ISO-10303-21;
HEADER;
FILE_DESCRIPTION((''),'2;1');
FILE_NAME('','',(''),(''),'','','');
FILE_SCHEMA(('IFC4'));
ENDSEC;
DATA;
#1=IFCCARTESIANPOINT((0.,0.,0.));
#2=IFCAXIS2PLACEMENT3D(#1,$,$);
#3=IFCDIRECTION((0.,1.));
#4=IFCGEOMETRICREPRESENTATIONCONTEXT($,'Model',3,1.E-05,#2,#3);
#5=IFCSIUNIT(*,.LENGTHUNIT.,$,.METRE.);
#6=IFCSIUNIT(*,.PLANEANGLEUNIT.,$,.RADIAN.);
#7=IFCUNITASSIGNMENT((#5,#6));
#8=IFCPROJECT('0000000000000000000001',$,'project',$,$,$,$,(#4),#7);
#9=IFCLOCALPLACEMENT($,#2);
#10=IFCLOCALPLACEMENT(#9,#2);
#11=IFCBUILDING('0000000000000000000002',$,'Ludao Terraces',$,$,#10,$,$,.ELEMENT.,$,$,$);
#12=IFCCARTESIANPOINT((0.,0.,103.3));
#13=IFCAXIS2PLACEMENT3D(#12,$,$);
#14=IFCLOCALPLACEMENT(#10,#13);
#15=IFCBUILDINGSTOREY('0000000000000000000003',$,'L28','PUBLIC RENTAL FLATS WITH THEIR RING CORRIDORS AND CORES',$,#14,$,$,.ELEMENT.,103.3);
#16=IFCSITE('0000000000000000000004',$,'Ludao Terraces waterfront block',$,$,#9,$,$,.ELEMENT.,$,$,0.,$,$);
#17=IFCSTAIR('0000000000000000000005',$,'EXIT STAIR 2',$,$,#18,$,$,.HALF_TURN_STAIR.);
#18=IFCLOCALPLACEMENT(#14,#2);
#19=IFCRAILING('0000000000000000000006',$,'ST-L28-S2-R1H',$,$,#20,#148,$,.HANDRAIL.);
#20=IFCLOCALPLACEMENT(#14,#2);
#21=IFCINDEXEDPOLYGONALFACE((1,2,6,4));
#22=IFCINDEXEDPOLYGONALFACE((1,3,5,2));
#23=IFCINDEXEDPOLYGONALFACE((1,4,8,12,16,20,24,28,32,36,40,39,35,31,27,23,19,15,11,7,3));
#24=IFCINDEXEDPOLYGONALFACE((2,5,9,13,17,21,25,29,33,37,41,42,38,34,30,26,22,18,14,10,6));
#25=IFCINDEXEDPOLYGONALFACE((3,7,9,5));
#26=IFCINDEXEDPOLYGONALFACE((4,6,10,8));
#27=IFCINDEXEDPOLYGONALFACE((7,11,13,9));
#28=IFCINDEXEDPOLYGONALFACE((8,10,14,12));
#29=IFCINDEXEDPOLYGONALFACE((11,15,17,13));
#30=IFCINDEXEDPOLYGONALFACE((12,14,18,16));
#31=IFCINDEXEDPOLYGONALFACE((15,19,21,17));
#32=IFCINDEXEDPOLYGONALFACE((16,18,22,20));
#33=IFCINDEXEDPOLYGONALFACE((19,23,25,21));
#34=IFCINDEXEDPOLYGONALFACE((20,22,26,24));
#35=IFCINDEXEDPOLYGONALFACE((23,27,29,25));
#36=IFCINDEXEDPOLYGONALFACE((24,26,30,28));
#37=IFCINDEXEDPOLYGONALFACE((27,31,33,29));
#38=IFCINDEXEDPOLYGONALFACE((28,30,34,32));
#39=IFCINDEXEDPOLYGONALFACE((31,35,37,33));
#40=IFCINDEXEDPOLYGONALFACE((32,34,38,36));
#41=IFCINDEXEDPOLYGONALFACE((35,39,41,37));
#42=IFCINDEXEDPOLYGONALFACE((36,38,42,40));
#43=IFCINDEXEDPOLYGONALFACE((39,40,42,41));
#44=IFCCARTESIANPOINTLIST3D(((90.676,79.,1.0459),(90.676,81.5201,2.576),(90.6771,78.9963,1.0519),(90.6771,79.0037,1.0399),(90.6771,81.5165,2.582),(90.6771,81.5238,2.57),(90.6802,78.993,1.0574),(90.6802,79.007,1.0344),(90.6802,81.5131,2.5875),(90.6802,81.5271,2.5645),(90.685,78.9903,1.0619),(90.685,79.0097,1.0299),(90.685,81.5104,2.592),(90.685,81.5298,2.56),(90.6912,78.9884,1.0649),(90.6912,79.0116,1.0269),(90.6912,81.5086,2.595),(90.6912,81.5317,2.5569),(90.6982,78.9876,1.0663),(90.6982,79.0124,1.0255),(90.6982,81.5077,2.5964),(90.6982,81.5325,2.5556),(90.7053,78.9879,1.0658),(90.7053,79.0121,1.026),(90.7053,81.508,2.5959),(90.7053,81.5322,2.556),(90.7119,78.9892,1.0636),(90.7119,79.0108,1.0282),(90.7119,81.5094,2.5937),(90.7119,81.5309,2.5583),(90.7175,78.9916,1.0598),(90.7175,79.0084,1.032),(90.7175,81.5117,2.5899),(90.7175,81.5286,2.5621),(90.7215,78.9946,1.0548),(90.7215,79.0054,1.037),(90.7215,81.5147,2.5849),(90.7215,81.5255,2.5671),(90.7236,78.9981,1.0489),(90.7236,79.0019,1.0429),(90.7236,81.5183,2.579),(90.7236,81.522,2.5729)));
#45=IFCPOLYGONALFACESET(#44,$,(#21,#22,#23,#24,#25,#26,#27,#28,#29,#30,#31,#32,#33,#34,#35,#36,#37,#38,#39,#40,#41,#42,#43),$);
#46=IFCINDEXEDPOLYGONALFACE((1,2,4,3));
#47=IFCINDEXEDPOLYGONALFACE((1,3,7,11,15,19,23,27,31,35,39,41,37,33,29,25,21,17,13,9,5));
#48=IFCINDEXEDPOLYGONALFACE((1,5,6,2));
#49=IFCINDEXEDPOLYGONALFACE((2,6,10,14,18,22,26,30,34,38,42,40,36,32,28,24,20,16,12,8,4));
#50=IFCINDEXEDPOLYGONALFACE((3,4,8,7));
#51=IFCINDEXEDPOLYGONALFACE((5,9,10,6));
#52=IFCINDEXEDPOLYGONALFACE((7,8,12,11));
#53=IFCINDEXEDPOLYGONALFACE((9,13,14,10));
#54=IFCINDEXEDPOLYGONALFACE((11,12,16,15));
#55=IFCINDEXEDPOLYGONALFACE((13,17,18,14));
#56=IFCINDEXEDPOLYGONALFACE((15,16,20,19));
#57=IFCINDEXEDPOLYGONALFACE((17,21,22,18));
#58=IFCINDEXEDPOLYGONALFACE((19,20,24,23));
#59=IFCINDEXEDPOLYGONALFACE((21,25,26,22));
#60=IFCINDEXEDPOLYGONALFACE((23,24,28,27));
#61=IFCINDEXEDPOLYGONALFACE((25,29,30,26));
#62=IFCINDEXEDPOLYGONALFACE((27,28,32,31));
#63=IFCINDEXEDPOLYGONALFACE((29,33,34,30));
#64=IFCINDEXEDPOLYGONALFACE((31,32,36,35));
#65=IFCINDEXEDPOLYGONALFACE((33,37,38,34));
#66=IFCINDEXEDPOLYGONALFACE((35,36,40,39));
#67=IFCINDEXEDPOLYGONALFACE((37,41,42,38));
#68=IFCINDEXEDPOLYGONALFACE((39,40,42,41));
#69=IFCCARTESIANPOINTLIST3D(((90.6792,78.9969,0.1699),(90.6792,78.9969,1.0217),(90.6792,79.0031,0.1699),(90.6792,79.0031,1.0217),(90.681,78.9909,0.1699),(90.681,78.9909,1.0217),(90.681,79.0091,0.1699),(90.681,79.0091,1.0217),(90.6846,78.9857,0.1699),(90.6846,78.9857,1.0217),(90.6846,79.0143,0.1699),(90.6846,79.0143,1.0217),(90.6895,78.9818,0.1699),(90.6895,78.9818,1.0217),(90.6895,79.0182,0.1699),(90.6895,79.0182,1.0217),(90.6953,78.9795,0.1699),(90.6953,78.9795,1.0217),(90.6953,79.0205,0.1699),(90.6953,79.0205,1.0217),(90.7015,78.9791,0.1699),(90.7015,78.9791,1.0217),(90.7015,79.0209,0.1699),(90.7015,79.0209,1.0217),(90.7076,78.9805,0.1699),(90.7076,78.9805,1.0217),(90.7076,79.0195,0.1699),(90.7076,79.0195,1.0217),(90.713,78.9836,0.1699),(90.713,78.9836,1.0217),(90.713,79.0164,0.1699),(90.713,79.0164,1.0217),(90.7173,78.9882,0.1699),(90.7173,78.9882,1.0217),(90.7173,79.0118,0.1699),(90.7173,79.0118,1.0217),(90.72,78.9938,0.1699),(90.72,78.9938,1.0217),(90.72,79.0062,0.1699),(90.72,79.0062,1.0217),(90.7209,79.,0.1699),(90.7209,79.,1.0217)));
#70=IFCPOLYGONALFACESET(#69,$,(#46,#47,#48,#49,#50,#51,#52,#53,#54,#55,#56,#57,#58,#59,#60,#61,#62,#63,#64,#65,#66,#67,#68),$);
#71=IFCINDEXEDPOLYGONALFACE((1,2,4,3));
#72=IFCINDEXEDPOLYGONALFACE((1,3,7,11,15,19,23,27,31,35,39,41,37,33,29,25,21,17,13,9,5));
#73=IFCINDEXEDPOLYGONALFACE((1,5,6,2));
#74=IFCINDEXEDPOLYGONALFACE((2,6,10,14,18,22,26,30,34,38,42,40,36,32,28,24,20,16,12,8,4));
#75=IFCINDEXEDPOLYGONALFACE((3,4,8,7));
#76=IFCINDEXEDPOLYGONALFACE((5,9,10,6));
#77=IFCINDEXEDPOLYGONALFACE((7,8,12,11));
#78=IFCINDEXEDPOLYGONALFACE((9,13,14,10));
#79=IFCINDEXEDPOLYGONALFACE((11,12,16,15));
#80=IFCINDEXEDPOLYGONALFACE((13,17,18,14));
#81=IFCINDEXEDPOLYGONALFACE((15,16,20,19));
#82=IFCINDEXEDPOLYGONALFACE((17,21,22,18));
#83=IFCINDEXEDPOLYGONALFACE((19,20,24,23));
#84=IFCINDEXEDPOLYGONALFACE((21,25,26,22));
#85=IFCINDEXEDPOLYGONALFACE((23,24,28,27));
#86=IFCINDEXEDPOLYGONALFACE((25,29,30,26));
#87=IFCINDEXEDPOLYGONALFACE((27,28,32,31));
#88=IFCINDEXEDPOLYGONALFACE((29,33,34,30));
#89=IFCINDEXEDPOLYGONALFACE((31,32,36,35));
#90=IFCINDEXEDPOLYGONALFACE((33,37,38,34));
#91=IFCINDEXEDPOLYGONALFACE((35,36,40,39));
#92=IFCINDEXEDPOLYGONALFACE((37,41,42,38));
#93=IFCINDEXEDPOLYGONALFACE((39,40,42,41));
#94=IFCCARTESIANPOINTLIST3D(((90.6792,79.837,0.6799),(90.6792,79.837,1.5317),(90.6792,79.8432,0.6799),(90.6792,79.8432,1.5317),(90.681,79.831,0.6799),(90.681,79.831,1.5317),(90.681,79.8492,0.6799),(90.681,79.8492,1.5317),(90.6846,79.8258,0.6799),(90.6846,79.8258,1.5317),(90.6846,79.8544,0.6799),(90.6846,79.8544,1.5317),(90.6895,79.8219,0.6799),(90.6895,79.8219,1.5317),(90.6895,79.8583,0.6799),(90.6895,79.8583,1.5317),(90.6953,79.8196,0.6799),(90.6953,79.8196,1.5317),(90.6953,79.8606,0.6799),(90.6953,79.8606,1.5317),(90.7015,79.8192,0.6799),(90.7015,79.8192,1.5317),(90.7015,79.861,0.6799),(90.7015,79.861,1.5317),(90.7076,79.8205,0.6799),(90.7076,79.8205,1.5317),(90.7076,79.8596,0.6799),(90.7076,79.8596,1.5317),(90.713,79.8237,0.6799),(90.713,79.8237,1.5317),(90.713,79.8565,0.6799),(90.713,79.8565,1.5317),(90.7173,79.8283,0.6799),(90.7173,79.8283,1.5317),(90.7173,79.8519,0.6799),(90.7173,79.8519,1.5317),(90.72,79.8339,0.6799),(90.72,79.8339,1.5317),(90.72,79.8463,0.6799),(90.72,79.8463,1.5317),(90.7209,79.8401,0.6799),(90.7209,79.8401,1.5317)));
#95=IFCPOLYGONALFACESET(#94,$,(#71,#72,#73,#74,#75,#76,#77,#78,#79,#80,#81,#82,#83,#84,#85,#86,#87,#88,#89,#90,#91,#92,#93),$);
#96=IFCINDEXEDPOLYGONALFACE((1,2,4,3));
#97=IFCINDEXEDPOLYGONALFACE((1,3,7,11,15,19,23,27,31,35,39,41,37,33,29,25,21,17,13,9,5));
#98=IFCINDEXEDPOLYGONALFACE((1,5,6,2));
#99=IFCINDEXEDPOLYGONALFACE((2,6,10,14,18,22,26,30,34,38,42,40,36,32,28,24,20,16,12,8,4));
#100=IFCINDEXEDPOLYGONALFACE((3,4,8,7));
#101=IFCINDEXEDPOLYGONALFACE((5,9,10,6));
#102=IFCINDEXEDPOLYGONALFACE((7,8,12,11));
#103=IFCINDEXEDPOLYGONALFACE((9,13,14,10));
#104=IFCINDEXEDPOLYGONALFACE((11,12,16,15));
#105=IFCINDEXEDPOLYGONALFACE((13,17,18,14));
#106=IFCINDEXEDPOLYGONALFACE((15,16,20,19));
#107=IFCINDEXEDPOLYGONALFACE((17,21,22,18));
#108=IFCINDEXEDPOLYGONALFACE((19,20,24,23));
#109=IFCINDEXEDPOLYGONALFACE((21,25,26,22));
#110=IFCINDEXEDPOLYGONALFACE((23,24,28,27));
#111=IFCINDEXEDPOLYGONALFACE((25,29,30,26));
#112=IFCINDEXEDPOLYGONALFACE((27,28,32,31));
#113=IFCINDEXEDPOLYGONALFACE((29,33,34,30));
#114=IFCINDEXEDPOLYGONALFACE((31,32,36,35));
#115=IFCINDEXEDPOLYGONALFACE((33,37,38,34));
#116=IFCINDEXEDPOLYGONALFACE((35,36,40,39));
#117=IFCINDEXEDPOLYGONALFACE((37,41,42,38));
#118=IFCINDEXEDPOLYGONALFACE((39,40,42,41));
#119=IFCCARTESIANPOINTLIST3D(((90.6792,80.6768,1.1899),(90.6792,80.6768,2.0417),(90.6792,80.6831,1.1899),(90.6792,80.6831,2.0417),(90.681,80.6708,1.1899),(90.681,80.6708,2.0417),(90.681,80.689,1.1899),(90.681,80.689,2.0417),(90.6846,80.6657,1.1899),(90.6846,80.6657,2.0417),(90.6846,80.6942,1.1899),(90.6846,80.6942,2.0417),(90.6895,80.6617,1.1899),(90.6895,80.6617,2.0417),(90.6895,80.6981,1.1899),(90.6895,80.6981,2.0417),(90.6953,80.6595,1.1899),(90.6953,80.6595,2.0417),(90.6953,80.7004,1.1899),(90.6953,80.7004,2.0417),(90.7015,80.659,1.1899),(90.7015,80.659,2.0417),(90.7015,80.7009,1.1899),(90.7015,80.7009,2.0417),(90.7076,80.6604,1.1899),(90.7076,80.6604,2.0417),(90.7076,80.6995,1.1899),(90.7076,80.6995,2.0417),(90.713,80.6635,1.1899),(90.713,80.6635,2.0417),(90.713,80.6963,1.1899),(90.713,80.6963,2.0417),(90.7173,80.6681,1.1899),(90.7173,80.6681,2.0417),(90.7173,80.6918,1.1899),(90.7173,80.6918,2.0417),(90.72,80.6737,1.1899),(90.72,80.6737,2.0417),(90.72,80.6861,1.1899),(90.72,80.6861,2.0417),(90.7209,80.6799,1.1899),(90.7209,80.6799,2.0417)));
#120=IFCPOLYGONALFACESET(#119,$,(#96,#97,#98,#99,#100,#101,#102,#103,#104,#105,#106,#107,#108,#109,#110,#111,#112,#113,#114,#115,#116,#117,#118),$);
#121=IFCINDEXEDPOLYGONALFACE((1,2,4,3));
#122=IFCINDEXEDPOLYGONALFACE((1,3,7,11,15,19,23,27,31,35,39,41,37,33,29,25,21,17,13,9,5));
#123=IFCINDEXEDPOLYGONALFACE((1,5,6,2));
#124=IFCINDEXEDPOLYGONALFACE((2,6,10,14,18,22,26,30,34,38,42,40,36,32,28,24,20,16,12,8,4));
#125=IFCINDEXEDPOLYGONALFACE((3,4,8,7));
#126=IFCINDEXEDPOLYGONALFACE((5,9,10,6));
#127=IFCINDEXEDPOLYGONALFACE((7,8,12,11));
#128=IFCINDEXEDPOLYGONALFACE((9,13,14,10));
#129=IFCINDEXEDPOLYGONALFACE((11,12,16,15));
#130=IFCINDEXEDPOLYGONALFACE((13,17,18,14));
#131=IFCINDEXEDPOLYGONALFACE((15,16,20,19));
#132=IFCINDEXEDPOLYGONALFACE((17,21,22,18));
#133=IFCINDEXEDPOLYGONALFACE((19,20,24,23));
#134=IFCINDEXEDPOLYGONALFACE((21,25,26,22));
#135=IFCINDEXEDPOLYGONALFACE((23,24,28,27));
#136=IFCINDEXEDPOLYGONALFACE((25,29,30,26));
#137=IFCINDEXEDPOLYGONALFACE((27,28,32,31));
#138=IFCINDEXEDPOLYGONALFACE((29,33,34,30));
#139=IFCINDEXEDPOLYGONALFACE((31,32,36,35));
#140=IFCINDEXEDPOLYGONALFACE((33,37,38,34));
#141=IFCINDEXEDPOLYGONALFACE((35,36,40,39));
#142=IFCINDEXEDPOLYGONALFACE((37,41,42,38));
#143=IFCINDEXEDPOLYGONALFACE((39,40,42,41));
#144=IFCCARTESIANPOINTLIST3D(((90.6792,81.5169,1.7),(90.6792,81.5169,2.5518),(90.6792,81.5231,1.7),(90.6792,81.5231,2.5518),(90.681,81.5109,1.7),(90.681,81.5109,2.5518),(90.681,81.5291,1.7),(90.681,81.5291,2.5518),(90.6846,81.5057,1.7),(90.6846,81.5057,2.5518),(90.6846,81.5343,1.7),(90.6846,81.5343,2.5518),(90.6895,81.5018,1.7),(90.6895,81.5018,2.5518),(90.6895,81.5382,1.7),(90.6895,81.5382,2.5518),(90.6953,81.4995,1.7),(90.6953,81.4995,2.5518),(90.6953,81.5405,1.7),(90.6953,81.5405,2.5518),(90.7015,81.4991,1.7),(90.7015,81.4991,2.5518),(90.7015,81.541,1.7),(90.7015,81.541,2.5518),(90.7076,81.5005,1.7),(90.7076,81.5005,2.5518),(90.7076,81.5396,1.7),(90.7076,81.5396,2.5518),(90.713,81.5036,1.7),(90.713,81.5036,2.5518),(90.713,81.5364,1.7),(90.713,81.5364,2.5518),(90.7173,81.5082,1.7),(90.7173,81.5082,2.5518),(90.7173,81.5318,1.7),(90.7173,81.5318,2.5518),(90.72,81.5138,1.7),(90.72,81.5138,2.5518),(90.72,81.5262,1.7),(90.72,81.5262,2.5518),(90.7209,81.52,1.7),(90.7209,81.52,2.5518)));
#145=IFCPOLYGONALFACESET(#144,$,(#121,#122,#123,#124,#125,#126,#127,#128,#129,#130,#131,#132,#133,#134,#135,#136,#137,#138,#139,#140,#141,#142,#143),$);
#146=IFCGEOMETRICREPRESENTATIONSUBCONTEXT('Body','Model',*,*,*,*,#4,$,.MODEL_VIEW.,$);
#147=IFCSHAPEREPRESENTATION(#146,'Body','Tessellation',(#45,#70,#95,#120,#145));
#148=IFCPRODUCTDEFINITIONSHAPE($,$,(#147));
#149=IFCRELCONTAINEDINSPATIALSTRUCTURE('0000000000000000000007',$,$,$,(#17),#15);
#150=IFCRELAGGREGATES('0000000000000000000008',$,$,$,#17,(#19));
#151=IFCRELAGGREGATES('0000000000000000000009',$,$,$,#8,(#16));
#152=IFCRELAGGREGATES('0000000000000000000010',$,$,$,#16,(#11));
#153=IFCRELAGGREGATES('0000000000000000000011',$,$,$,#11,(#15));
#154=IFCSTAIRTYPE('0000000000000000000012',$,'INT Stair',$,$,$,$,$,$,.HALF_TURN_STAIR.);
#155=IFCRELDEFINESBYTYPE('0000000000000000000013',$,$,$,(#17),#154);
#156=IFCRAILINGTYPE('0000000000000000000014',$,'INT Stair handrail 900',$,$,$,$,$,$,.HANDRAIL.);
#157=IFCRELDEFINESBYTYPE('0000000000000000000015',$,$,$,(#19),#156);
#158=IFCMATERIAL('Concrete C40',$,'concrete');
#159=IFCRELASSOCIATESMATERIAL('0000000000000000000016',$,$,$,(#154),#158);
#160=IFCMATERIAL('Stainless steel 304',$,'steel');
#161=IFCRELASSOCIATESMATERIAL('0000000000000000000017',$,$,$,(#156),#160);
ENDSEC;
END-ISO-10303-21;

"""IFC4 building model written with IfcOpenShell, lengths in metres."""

from ifc_helpers import new_model, si_unit, direction, frame, origin, origin_2d, place, context, subcontext, project, spatial, circle, extrude, material, type_object, element, aggregate, save


model = new_model("IFC4")

# Units and contexts
model_context = context("Model", 3, precision=1e-05, world=origin(), true_north=direction((0.0, 1.0)))
body_context = subcontext(model_context, "Body", "Model", "MODEL_VIEW")
ifc_project = project(units=[si_unit("LENGTHUNIT", "METRE"), si_unit("PLANEANGLEUNIT", "RADIAN")], contexts=[model_context])

# Site, building, storey
site_placement = place(None, origin())
site = spatial("IfcSite", under=ifc_project, at=site_placement, Name="Ludao Terraces waterfront block", CompositionType="ELEMENT", RefElevation=0.0)
building_placement = place(site_placement, origin())
building = spatial("IfcBuilding", under=site, at=building_placement, Name="Ludao Terraces", CompositionType="ELEMENT")
storey_placement = place(building_placement, frame((0.0, 0.0, 103.3)))
storey = spatial("IfcBuildingStorey", under=building, at=storey_placement, Name="L28", Description="PUBLIC RENTAL FLATS WITH THEIR RING CORRIDORS AND CORES", CompositionType="ELEMENT", Elevation=103.3)

# Shared definitions
ifc_material_1 = material(Name="Stainless steel 304", Category="steel")

# Stair, railing
ifc_material_2 = material(Name="Concrete C40", Category="concrete")
stair_type = type_object("IfcStairType", Name="INT Stair", PredefinedType="HALF_TURN_STAIR", material=ifc_material_2)
stair_placement = place(storey_placement, origin())
stair = element("IfcStair", 1, at=stair_placement, inside=storey, type_object=stair_type, Name="EXIT STAIR 2", PredefinedType="HALF_TURN_STAIR")
railing_type_1 = type_object("IfcRailingType", Name="INT Stair handrail 900", PredefinedType="HANDRAIL", material=ifc_material_1)
railing_1_placement = place(storey_placement, frame((90.7, 79.0, 0.1699)))
railing_1 = element("IfcRailing", 2, at=railing_1_placement, type_object=railing_type_1, Name="ST-L28-S2-R1H", PredefinedType="HANDRAIL", context=body_context, shape_type="SweptSolid", body=[
    extrude(circle(Radius=0.0239, at=origin_2d()), frame((0.0, 0.0, 0.876), z_axis=(0.0, 0.854785, 0.518982), x_axis=(-1.0, 0.0, 0.0)), (0.0, 0.0, 1.0), 2.9482),
    extrude(circle(Radius=0.021, at=origin_2d()), origin(), (0.0, 0.0, 1.0), 0.8518),
    extrude(circle(Radius=0.021, at=origin_2d()), frame((0.0, 0.8401, 0.51)), (0.0, 0.0, 1.0), 0.8518),
    extrude(circle(Radius=0.021, at=origin_2d()), frame((0.0, 1.6799, 1.02)), (0.0, 0.0, 1.0), 0.8518),
    extrude(circle(Radius=0.021, at=origin_2d()), frame((0.0, 2.52, 1.53)), (0.0, 0.0, 1.0), 0.8518),
])
aggregate(stair, [railing_1])

save(model, "model.ifc")
